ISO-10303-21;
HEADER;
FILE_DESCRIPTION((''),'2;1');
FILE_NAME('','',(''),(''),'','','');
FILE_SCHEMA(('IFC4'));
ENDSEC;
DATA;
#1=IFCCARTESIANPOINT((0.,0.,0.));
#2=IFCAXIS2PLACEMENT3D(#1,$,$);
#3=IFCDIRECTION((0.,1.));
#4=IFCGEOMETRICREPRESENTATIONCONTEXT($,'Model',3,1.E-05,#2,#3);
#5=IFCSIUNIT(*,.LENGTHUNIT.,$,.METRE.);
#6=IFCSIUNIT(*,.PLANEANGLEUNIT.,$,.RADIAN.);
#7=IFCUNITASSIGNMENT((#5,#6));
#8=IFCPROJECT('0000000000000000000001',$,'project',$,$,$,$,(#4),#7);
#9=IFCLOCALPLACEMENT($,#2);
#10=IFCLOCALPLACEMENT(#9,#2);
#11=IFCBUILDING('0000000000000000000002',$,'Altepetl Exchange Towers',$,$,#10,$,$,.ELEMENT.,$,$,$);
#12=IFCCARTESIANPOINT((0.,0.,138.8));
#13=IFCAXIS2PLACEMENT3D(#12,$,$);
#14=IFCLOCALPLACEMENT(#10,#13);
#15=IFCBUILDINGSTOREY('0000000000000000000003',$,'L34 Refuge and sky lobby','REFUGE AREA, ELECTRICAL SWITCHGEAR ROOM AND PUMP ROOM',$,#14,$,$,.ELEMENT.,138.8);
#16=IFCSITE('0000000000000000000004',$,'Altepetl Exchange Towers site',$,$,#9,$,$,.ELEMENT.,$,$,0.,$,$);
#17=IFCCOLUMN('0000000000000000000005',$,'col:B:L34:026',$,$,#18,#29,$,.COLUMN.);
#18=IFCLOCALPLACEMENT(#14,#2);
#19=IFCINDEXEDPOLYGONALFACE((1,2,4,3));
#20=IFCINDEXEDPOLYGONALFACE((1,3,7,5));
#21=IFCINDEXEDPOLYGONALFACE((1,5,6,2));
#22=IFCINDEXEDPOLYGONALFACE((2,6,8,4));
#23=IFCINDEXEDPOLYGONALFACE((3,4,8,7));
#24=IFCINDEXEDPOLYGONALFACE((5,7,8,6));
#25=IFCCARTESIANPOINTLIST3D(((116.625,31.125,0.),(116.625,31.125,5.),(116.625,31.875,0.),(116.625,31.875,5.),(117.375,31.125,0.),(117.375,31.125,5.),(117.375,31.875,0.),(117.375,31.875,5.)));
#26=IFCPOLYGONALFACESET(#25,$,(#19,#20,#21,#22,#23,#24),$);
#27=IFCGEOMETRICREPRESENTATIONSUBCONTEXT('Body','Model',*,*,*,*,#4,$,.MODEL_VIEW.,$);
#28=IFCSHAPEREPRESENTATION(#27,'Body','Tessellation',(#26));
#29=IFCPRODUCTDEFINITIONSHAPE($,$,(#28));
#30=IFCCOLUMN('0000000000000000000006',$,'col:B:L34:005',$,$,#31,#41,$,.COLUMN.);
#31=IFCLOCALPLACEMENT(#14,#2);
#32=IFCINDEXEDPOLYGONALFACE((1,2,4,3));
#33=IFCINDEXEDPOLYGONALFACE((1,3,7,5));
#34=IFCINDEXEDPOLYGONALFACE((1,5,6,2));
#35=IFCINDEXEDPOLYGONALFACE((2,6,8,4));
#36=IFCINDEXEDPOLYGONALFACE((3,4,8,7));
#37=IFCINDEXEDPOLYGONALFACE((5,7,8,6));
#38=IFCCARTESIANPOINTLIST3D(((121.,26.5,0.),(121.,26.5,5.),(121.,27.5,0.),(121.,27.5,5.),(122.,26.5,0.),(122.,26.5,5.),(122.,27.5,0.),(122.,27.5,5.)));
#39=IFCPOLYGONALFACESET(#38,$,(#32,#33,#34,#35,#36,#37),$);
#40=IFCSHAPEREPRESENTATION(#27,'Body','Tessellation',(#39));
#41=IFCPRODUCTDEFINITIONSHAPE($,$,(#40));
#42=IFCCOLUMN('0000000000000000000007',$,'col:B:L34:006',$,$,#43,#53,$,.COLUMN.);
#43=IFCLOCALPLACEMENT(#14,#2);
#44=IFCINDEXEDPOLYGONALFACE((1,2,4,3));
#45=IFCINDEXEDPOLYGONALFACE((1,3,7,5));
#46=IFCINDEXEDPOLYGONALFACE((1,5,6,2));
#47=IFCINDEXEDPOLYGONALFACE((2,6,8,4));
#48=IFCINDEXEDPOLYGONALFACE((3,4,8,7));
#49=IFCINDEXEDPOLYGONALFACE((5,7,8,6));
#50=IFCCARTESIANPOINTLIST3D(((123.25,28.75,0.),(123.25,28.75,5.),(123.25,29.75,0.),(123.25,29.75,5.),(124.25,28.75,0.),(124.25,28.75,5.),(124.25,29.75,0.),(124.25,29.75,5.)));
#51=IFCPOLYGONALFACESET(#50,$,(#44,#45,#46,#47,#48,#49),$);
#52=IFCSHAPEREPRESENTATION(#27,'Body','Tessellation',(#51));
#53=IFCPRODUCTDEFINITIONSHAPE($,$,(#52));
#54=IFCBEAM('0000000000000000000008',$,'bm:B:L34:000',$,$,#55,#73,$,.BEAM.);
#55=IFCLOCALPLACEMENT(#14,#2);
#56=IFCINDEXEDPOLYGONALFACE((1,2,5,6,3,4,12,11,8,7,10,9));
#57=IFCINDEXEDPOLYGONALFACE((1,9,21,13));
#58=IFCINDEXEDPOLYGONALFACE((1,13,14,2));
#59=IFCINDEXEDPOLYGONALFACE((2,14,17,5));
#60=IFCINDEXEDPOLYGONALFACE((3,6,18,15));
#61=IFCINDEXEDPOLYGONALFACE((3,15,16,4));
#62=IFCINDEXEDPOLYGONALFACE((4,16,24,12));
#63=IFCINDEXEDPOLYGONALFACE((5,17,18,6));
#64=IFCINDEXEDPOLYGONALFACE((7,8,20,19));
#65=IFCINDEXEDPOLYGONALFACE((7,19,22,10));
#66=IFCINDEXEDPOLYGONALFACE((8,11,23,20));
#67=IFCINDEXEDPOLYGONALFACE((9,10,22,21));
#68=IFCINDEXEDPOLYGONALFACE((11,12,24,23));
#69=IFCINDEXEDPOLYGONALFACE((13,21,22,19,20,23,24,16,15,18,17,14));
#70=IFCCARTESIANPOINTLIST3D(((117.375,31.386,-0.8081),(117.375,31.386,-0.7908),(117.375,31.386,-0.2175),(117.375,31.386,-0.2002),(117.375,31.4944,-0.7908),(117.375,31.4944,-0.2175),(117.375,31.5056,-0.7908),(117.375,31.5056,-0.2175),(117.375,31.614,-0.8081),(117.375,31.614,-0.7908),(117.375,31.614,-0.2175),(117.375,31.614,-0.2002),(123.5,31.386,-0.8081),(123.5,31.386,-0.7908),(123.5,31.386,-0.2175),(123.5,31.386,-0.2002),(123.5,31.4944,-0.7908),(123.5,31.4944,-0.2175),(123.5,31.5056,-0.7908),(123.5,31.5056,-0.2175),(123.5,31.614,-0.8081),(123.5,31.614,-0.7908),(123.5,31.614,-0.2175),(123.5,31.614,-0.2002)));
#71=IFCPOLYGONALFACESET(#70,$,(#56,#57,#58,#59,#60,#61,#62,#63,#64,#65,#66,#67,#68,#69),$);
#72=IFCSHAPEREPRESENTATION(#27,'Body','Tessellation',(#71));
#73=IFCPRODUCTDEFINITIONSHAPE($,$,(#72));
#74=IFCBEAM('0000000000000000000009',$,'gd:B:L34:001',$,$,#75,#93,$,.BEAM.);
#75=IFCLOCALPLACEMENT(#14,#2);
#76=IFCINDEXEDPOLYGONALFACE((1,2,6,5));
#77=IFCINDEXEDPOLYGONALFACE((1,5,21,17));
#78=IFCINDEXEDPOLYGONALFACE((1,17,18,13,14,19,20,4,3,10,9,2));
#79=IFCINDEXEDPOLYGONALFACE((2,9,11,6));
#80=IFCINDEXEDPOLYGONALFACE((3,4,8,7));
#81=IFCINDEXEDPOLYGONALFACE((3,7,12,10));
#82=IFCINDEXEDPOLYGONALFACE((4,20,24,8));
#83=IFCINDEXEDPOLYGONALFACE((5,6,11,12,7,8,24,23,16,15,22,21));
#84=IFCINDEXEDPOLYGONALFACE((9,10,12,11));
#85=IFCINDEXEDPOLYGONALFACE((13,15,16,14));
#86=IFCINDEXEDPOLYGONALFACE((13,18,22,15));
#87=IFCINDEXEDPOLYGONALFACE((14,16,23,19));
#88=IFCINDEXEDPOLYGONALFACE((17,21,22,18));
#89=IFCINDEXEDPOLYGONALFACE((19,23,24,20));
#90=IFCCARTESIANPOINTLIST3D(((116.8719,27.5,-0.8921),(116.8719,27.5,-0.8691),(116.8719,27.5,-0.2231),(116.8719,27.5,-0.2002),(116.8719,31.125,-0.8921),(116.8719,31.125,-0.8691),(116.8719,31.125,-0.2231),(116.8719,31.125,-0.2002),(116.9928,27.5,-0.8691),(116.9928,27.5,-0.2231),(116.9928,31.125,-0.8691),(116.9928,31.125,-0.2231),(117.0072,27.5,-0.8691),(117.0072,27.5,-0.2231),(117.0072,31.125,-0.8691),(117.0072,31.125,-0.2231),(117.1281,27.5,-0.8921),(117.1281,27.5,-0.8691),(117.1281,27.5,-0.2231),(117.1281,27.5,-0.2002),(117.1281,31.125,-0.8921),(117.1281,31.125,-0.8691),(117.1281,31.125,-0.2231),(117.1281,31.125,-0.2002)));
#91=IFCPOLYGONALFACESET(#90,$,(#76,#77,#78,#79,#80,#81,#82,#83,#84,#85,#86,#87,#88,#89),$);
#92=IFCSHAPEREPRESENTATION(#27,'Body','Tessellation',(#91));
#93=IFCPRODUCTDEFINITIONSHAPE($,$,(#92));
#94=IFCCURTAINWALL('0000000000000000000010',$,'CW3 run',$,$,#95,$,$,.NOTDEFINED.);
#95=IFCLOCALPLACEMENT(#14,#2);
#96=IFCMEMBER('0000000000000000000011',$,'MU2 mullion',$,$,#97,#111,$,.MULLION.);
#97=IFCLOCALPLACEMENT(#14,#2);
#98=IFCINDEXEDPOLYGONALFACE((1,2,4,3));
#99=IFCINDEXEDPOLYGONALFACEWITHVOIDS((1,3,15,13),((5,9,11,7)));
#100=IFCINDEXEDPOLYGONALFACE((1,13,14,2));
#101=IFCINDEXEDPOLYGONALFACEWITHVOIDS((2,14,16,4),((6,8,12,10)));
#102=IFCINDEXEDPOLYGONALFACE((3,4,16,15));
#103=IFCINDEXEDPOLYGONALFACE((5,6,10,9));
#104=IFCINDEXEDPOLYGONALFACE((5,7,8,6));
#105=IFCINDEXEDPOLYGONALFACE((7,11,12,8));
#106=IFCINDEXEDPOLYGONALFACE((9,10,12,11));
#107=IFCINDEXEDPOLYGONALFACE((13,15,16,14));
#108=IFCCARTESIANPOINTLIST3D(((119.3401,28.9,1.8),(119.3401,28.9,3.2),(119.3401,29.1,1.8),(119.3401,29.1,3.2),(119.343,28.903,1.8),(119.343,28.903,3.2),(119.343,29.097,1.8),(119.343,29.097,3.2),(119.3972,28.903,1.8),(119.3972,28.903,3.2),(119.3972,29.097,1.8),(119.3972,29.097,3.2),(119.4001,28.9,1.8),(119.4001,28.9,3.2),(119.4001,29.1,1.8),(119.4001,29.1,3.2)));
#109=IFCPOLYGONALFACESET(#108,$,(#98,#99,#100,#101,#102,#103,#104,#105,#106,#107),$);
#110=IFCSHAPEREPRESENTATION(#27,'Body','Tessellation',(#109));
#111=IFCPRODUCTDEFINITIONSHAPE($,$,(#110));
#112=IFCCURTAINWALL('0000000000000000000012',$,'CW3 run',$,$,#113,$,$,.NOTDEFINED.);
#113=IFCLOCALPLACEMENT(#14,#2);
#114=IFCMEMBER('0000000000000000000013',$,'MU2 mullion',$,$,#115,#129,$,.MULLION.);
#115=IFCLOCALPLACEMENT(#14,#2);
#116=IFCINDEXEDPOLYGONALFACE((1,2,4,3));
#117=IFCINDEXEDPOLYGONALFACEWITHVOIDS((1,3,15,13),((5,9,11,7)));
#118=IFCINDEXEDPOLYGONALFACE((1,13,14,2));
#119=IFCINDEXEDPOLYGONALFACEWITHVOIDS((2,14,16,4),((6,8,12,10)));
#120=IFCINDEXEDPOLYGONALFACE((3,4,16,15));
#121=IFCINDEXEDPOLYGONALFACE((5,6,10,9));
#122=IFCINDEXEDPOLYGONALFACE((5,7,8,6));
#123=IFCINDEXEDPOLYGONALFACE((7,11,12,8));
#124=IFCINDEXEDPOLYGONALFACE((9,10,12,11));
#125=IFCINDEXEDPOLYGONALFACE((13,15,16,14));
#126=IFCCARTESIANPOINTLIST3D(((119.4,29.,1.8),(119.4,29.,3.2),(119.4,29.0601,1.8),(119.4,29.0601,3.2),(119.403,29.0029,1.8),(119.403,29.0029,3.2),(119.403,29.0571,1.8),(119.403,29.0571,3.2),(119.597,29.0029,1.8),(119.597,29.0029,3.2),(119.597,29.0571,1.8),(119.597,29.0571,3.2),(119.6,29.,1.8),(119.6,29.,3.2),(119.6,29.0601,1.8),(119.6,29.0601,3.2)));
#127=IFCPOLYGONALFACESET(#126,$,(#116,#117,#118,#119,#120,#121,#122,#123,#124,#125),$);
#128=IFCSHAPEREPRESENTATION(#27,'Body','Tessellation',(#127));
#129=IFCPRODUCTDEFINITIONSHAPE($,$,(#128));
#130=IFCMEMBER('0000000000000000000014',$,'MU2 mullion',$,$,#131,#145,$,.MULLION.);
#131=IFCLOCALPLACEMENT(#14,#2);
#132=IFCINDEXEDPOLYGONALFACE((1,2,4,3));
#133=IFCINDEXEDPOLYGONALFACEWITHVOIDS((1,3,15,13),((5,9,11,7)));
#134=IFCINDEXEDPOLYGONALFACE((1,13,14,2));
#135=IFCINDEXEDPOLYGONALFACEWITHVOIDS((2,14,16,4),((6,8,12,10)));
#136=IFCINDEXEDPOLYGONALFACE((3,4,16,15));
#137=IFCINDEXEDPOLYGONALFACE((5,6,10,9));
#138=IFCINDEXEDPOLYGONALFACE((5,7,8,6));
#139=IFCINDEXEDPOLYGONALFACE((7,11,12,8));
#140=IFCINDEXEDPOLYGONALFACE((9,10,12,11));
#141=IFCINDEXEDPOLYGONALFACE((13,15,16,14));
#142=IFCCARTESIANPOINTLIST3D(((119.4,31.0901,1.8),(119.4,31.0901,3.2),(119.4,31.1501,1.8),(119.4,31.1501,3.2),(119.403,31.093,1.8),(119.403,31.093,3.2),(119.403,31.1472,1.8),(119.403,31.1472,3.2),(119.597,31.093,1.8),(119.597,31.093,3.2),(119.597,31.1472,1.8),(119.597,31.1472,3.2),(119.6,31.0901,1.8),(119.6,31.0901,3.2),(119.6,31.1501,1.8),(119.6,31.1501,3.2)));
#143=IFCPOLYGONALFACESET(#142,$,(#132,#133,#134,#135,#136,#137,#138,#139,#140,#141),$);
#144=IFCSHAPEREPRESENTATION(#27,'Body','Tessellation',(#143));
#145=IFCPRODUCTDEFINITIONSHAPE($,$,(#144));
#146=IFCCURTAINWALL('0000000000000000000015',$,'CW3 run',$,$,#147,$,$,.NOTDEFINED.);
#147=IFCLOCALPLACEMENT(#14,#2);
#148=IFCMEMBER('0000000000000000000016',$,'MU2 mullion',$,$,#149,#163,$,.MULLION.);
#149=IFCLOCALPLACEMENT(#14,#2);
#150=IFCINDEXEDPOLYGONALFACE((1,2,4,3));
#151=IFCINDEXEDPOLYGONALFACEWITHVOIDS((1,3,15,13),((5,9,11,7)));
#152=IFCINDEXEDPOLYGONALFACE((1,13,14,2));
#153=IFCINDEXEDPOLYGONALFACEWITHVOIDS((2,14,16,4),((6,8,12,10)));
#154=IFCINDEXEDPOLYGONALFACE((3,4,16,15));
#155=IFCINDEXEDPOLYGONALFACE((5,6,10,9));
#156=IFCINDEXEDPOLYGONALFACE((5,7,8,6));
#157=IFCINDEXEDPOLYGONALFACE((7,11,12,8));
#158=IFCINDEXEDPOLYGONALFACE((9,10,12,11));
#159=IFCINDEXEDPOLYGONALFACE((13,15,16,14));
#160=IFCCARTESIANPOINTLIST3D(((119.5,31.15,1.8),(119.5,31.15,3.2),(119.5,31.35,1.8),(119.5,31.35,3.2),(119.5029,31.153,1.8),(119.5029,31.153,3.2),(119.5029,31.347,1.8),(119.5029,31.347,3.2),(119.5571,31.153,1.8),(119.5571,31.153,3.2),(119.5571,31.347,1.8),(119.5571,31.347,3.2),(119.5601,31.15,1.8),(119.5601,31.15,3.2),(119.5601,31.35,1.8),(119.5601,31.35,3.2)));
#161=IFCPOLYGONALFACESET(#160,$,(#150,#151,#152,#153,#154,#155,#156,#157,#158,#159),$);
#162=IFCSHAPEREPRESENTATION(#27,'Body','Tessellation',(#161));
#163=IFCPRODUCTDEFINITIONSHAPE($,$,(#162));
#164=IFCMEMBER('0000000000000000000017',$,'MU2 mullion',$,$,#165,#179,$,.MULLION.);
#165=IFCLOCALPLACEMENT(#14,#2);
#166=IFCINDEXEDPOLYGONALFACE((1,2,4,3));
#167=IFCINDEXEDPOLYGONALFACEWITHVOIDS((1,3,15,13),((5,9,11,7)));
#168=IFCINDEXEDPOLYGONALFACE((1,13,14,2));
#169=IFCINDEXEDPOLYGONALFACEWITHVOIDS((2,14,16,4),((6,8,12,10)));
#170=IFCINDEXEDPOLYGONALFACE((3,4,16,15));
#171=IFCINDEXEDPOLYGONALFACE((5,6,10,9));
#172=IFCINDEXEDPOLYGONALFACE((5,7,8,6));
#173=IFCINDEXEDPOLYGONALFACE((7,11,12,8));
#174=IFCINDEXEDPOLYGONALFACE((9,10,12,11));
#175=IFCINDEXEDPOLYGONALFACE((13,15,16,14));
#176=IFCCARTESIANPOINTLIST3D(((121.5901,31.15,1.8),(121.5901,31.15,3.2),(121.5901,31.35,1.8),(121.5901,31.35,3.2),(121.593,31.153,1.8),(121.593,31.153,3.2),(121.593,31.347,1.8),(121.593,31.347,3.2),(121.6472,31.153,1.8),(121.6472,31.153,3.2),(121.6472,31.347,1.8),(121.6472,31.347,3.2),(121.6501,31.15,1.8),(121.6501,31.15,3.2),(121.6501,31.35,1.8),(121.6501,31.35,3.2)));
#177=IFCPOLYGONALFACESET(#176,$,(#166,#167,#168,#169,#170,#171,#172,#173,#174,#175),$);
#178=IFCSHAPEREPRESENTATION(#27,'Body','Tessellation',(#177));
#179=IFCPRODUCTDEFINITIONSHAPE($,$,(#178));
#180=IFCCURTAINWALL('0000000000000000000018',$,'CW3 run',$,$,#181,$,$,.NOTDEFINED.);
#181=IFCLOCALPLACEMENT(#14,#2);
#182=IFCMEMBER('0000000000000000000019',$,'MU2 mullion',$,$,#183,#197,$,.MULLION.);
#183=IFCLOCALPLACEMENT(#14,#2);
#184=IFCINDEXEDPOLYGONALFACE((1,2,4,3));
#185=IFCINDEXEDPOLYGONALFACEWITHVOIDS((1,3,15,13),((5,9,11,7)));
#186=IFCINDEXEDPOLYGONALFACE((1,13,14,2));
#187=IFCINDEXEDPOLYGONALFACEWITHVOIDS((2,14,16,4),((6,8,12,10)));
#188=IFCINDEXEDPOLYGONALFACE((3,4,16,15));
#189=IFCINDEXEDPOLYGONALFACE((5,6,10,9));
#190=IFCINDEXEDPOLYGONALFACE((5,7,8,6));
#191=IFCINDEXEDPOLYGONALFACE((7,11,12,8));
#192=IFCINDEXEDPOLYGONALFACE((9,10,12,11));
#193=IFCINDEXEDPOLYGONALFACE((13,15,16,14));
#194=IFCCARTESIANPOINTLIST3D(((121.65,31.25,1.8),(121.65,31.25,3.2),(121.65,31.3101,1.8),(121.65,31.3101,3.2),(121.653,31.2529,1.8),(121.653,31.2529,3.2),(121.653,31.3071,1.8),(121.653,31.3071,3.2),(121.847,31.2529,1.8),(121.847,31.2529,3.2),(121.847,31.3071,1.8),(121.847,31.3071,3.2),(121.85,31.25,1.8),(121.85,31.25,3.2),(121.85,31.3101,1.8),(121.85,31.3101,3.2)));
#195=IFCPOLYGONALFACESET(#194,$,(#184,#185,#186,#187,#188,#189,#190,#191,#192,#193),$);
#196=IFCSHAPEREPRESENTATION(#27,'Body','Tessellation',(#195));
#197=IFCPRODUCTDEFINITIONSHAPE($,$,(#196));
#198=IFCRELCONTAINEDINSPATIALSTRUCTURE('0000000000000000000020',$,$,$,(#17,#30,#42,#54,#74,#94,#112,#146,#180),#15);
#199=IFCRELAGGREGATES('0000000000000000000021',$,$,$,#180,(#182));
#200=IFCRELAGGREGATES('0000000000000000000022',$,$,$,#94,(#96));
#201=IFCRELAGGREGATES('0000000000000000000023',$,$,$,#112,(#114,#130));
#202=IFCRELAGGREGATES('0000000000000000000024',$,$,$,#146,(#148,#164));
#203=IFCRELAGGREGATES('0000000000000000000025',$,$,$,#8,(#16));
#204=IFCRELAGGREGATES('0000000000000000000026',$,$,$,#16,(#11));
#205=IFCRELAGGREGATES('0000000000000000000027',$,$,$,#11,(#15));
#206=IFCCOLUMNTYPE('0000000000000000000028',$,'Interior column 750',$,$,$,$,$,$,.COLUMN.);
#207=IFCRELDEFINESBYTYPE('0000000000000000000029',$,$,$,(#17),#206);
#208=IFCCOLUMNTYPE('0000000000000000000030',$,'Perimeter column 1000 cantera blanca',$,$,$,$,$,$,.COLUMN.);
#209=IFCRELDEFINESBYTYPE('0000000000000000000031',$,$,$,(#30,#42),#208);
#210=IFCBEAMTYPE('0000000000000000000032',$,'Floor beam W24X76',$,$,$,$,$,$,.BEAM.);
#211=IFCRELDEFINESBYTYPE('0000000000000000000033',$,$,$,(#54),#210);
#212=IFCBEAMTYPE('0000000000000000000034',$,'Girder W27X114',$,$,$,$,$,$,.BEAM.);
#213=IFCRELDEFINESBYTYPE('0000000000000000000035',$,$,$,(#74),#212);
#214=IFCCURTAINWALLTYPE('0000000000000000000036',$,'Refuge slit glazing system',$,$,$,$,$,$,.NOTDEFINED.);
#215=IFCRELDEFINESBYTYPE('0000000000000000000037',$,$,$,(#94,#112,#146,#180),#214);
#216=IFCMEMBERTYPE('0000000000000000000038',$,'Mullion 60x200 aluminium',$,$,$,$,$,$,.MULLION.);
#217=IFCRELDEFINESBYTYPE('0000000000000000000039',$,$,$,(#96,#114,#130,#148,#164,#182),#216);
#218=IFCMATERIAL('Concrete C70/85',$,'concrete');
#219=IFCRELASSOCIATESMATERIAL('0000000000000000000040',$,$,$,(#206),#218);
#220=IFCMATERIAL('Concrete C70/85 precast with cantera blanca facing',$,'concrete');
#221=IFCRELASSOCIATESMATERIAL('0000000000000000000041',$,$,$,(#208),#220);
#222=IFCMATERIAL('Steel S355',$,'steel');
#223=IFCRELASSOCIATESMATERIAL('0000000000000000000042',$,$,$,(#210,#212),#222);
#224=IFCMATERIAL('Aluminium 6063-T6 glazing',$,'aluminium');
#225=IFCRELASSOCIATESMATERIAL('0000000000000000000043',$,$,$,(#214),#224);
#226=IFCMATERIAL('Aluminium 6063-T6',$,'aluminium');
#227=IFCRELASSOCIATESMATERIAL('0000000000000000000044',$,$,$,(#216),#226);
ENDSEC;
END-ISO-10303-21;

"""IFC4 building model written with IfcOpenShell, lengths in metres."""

from ifc_helpers import new_model, si_unit, direction, frame, origin, origin_2d, place, context, subcontext, project, spatial, rectangle, hollow_rectangle, i_section, extrude, material, material_profile, profile_set, type_object, element, aggregate, save


model = new_model("IFC4")

# Units and contexts
model_context = context("Model", 3, precision=1e-05, world=origin(), true_north=direction((0.0, 1.0)))
body_context = subcontext(model_context, "Body", "Model", "MODEL_VIEW")
ifc_project = project(units=[si_unit("LENGTHUNIT", "METRE"), si_unit("PLANEANGLEUNIT", "RADIAN")], contexts=[model_context])

# Site, building, storey
site_placement = place(None, origin())
site = spatial("IfcSite", under=ifc_project, at=site_placement, Name="Altepetl Exchange Towers site", CompositionType="ELEMENT", RefElevation=0.0)
building_placement = place(site_placement, origin())
building = spatial("IfcBuilding", under=site, at=building_placement, Name="Altepetl Exchange Towers", CompositionType="ELEMENT")
storey_placement = place(building_placement, frame((0.0, 0.0, 138.8)))
storey = spatial("IfcBuildingStorey", under=building, at=storey_placement, Name="L34 Refuge and sky lobby", Description="REFUGE AREA, ELECTRICAL SWITCHGEAR ROOM AND PUMP ROOM", CompositionType="ELEMENT", Elevation=138.8)

# Columns
ifc_material_1 = material(Name="Concrete C70/85", Category="concrete")
ifc_material_profile_1 = material_profile(ifc_material_1, rectangle(XDim=0.75, YDim=0.75, at=origin_2d()), Name="750 x 750")
ifc_profile_set_1 = profile_set([ifc_material_profile_1], Name="Concrete C70/85")
column_type_1 = type_object("IfcColumnType", Name="Interior column 750", PredefinedType="COLUMN", material=ifc_profile_set_1)
column_placement = place(storey_placement, frame((117.0, 31.5, 0.0)))
element("IfcColumn", 1, at=column_placement, inside=storey, type_object=column_type_1, Name="col:B:L34:026", PredefinedType="COLUMN", context=body_context, shape_type="SweptSolid", body=[
    extrude(rectangle(XDim=0.75, YDim=0.75, at=origin_2d()), origin(), (0.0, 0.0, 1.0), 5.0),
])
ifc_material_2 = material(Name="Concrete C70/85 precast with cantera blanca facing", Category="concrete")
ifc_material_profile_2 = material_profile(ifc_material_2, rectangle(XDim=1.0, YDim=1.0, at=origin_2d()), Name="1000 x 1000")
ifc_profile_set_2 = profile_set([ifc_material_profile_2], Name="Concrete C70/85 precast with cantera blanca facing")
column_type_2 = type_object("IfcColumnType", Name="Perimeter column 1000 cantera blanca", PredefinedType="COLUMN", material=ifc_profile_set_2)
for number, where, name in (
    (2, (121.5, 27.0, 0.0), "col:B:L34:005"),
    (3, (123.75, 29.25, 0.0), "col:B:L34:006"),
):
    element("IfcColumn", number, at=place(storey_placement, frame(where)), inside=storey, type_object=column_type_2, Name=name, PredefinedType="COLUMN", context=body_context, shape_type="SweptSolid", body=[
        extrude(rectangle(XDim=1.0, YDim=1.0, at=origin_2d()), origin(), (0.0, 0.0, 1.0), 5.0),
    ])

# Beams
ifc_material_3 = material(Name="Steel S355", Category="steel")
ifc_material_profile_3 = material_profile(ifc_material_3, i_section(OverallWidth=0.228, OverallDepth=0.6079, WebThickness=0.0112, FlangeThickness=0.0173, at=origin_2d()), Name="W24X76")
ifc_profile_set_3 = profile_set([ifc_material_profile_3], Name="Steel S355")
beam_type_1 = type_object("IfcBeamType", Name="Floor beam W24X76", PredefinedType="BEAM", material=ifc_profile_set_3)
beam_1_placement = place(storey_placement, frame((117.375, 31.5, -0.5042), z_axis=(1.0, 0.0, 0.0), x_axis=(0.0, 1.0, 0.0)))
element("IfcBeam", 4, at=beam_1_placement, inside=storey, type_object=beam_type_1, Name="bm:B:L34:000", PredefinedType="BEAM", context=body_context, shape_type="SweptSolid", body=[
    extrude(i_section(OverallWidth=0.228, OverallDepth=0.6079, WebThickness=0.0112, FlangeThickness=0.0173, at=origin_2d()), origin(), (0.0, 0.0, 1.0), 6.125),
])
ifc_material_profile_4 = material_profile(ifc_material_3, i_section(OverallWidth=0.2561, OverallDepth=0.6919, WebThickness=0.0144, FlangeThickness=0.0229, at=origin_2d()), Name="W27X114")
ifc_profile_set_4 = profile_set([ifc_material_profile_4], Name="Steel S355")
beam_type_2 = type_object("IfcBeamType", Name="Girder W27X114", PredefinedType="BEAM", material=ifc_profile_set_4)
beam_2_placement = place(storey_placement, frame((117.0, 31.125, -0.5461), z_axis=(0.0, -1.0, 0.0), x_axis=(1.0, 0.0, 0.0)))
element("IfcBeam", 5, at=beam_2_placement, inside=storey, type_object=beam_type_2, Name="gd:B:L34:001", PredefinedType="BEAM", context=body_context, shape_type="SweptSolid", body=[
    extrude(i_section(OverallWidth=0.2561, OverallDepth=0.6919, WebThickness=0.0144, FlangeThickness=0.0229, at=origin_2d()), origin(), (0.0, 0.0, 1.0), 3.625),
])

# Curtain wall, member
ifc_material_4 = material(Name="Aluminium 6063-T6 glazing", Category="aluminium")
curtain_wall_type = type_object("IfcCurtainWallType", Name="Refuge slit glazing system", PredefinedType="NOTDEFINED", material=ifc_material_4)
curtain_wall_1_placement = place(storey_placement, origin())
curtain_wall_1 = element("IfcCurtainWall", 6, at=curtain_wall_1_placement, inside=storey, type_object=curtain_wall_type, Name="CW3 run", PredefinedType="NOTDEFINED")
ifc_material_5 = material(Name="Aluminium 6063-T6", Category="aluminium")
ifc_material_profile_5 = material_profile(ifc_material_5, hollow_rectangle(XDim=0.0601, YDim=0.2, WallThickness=0.0029, at=origin_2d()), Name="Mullion 60x200 aluminium")
ifc_profile_set_5 = profile_set([ifc_material_profile_5], Name="Aluminium 6063-T6")
member_type = type_object("IfcMemberType", Name="Mullion 60x200 aluminium", PredefinedType="MULLION", material=ifc_profile_set_5)
member_1_placement = place(storey_placement, frame((119.3701, 29.0, 1.8)))
member_1 = element("IfcMember", 7, at=member_1_placement, type_object=member_type, Name="MU2 mullion", PredefinedType="MULLION", context=body_context, shape_type="SweptSolid", body=[
    extrude(hollow_rectangle(XDim=0.0601, YDim=0.2, WallThickness=0.0029, at=origin_2d()), origin(), (0.0, 0.0, 1.0), 1.3999),
])

# Curtain walls, members
curtain_wall_2_placement = place(storey_placement, origin())
curtain_wall_2 = element("IfcCurtainWall", 8, at=curtain_wall_2_placement, inside=storey, type_object=curtain_wall_type, Name="CW3 run", PredefinedType="NOTDEFINED")
member_2_placement = place(storey_placement, frame((119.5, 29.03, 1.8), z_axis=(0.0, 0.0, 1.0), x_axis=(0.0, 1.0, 0.0)))
member_2 = element("IfcMember", 9, at=member_2_placement, type_object=member_type, Name="MU2 mullion", PredefinedType="MULLION", context=body_context, shape_type="SweptSolid", body=[
    extrude(hollow_rectangle(XDim=0.0601, YDim=0.2, WallThickness=0.0029, at=origin_2d()), origin(), (0.0, 0.0, 1.0), 1.3999),
])
member_3_placement = place(storey_placement, frame((119.5, 31.1201, 1.8), z_axis=(0.0, 0.0, 1.0), x_axis=(0.0, 1.0, 0.0)))
member_3 = element("IfcMember", 10, at=member_3_placement, type_object=member_type, Name="MU2 mullion", PredefinedType="MULLION", context=body_context, shape_type="SweptSolid", body=[
    extrude(hollow_rectangle(XDim=0.0601, YDim=0.2, WallThickness=0.0029, at=origin_2d()), origin(), (0.0, 0.0, 1.0), 1.3999),
])
curtain_wall_3_placement = place(storey_placement, origin())
curtain_wall_3 = element("IfcCurtainWall", 11, at=curtain_wall_3_placement, inside=storey, type_object=curtain_wall_type, Name="CW3 run", PredefinedType="NOTDEFINED")
member_4_placement = place(storey_placement, frame((119.53, 31.25, 1.8)))
member_4 = element("IfcMember", 12, at=member_4_placement, type_object=member_type, Name="MU2 mullion", PredefinedType="MULLION", context=body_context, shape_type="SweptSolid", body=[
    extrude(hollow_rectangle(XDim=0.0601, YDim=0.2, WallThickness=0.0029, at=origin_2d()), origin(), (0.0, 0.0, 1.0), 1.3999),
])
member_5_placement = place(storey_placement, frame((121.6201, 31.25, 1.8)))
member_5 = element("IfcMember", 13, at=member_5_placement, type_object=member_type, Name="MU2 mullion", PredefinedType="MULLION", context=body_context, shape_type="SweptSolid", body=[
    extrude(hollow_rectangle(XDim=0.0601, YDim=0.2, WallThickness=0.0029, at=origin_2d()), origin(), (0.0, 0.0, 1.0), 1.3999),
])

# Curtain wall, member
curtain_wall_4_placement = place(storey_placement, origin())
curtain_wall_4 = element("IfcCurtainWall", 14, at=curtain_wall_4_placement, inside=storey, type_object=curtain_wall_type, Name="CW3 run", PredefinedType="NOTDEFINED")
member_6_placement = place(storey_placement, frame((121.75, 31.28, 1.8), z_axis=(0.0, 0.0, 1.0), x_axis=(0.0, 1.0, 0.0)))
member_6 = element("IfcMember", 15, at=member_6_placement, type_object=member_type, Name="MU2 mullion", PredefinedType="MULLION", context=body_context, shape_type="SweptSolid", body=[
    extrude(hollow_rectangle(XDim=0.0601, YDim=0.2, WallThickness=0.0029, at=origin_2d()), origin(), (0.0, 0.0, 1.0), 1.3999),
])
aggregate(curtain_wall_4, [member_6])

aggregate(curtain_wall_1, [member_1])
aggregate(curtain_wall_2, [member_2, member_3])
aggregate(curtain_wall_3, [member_4, member_5])

save(model, "model.ifc")
